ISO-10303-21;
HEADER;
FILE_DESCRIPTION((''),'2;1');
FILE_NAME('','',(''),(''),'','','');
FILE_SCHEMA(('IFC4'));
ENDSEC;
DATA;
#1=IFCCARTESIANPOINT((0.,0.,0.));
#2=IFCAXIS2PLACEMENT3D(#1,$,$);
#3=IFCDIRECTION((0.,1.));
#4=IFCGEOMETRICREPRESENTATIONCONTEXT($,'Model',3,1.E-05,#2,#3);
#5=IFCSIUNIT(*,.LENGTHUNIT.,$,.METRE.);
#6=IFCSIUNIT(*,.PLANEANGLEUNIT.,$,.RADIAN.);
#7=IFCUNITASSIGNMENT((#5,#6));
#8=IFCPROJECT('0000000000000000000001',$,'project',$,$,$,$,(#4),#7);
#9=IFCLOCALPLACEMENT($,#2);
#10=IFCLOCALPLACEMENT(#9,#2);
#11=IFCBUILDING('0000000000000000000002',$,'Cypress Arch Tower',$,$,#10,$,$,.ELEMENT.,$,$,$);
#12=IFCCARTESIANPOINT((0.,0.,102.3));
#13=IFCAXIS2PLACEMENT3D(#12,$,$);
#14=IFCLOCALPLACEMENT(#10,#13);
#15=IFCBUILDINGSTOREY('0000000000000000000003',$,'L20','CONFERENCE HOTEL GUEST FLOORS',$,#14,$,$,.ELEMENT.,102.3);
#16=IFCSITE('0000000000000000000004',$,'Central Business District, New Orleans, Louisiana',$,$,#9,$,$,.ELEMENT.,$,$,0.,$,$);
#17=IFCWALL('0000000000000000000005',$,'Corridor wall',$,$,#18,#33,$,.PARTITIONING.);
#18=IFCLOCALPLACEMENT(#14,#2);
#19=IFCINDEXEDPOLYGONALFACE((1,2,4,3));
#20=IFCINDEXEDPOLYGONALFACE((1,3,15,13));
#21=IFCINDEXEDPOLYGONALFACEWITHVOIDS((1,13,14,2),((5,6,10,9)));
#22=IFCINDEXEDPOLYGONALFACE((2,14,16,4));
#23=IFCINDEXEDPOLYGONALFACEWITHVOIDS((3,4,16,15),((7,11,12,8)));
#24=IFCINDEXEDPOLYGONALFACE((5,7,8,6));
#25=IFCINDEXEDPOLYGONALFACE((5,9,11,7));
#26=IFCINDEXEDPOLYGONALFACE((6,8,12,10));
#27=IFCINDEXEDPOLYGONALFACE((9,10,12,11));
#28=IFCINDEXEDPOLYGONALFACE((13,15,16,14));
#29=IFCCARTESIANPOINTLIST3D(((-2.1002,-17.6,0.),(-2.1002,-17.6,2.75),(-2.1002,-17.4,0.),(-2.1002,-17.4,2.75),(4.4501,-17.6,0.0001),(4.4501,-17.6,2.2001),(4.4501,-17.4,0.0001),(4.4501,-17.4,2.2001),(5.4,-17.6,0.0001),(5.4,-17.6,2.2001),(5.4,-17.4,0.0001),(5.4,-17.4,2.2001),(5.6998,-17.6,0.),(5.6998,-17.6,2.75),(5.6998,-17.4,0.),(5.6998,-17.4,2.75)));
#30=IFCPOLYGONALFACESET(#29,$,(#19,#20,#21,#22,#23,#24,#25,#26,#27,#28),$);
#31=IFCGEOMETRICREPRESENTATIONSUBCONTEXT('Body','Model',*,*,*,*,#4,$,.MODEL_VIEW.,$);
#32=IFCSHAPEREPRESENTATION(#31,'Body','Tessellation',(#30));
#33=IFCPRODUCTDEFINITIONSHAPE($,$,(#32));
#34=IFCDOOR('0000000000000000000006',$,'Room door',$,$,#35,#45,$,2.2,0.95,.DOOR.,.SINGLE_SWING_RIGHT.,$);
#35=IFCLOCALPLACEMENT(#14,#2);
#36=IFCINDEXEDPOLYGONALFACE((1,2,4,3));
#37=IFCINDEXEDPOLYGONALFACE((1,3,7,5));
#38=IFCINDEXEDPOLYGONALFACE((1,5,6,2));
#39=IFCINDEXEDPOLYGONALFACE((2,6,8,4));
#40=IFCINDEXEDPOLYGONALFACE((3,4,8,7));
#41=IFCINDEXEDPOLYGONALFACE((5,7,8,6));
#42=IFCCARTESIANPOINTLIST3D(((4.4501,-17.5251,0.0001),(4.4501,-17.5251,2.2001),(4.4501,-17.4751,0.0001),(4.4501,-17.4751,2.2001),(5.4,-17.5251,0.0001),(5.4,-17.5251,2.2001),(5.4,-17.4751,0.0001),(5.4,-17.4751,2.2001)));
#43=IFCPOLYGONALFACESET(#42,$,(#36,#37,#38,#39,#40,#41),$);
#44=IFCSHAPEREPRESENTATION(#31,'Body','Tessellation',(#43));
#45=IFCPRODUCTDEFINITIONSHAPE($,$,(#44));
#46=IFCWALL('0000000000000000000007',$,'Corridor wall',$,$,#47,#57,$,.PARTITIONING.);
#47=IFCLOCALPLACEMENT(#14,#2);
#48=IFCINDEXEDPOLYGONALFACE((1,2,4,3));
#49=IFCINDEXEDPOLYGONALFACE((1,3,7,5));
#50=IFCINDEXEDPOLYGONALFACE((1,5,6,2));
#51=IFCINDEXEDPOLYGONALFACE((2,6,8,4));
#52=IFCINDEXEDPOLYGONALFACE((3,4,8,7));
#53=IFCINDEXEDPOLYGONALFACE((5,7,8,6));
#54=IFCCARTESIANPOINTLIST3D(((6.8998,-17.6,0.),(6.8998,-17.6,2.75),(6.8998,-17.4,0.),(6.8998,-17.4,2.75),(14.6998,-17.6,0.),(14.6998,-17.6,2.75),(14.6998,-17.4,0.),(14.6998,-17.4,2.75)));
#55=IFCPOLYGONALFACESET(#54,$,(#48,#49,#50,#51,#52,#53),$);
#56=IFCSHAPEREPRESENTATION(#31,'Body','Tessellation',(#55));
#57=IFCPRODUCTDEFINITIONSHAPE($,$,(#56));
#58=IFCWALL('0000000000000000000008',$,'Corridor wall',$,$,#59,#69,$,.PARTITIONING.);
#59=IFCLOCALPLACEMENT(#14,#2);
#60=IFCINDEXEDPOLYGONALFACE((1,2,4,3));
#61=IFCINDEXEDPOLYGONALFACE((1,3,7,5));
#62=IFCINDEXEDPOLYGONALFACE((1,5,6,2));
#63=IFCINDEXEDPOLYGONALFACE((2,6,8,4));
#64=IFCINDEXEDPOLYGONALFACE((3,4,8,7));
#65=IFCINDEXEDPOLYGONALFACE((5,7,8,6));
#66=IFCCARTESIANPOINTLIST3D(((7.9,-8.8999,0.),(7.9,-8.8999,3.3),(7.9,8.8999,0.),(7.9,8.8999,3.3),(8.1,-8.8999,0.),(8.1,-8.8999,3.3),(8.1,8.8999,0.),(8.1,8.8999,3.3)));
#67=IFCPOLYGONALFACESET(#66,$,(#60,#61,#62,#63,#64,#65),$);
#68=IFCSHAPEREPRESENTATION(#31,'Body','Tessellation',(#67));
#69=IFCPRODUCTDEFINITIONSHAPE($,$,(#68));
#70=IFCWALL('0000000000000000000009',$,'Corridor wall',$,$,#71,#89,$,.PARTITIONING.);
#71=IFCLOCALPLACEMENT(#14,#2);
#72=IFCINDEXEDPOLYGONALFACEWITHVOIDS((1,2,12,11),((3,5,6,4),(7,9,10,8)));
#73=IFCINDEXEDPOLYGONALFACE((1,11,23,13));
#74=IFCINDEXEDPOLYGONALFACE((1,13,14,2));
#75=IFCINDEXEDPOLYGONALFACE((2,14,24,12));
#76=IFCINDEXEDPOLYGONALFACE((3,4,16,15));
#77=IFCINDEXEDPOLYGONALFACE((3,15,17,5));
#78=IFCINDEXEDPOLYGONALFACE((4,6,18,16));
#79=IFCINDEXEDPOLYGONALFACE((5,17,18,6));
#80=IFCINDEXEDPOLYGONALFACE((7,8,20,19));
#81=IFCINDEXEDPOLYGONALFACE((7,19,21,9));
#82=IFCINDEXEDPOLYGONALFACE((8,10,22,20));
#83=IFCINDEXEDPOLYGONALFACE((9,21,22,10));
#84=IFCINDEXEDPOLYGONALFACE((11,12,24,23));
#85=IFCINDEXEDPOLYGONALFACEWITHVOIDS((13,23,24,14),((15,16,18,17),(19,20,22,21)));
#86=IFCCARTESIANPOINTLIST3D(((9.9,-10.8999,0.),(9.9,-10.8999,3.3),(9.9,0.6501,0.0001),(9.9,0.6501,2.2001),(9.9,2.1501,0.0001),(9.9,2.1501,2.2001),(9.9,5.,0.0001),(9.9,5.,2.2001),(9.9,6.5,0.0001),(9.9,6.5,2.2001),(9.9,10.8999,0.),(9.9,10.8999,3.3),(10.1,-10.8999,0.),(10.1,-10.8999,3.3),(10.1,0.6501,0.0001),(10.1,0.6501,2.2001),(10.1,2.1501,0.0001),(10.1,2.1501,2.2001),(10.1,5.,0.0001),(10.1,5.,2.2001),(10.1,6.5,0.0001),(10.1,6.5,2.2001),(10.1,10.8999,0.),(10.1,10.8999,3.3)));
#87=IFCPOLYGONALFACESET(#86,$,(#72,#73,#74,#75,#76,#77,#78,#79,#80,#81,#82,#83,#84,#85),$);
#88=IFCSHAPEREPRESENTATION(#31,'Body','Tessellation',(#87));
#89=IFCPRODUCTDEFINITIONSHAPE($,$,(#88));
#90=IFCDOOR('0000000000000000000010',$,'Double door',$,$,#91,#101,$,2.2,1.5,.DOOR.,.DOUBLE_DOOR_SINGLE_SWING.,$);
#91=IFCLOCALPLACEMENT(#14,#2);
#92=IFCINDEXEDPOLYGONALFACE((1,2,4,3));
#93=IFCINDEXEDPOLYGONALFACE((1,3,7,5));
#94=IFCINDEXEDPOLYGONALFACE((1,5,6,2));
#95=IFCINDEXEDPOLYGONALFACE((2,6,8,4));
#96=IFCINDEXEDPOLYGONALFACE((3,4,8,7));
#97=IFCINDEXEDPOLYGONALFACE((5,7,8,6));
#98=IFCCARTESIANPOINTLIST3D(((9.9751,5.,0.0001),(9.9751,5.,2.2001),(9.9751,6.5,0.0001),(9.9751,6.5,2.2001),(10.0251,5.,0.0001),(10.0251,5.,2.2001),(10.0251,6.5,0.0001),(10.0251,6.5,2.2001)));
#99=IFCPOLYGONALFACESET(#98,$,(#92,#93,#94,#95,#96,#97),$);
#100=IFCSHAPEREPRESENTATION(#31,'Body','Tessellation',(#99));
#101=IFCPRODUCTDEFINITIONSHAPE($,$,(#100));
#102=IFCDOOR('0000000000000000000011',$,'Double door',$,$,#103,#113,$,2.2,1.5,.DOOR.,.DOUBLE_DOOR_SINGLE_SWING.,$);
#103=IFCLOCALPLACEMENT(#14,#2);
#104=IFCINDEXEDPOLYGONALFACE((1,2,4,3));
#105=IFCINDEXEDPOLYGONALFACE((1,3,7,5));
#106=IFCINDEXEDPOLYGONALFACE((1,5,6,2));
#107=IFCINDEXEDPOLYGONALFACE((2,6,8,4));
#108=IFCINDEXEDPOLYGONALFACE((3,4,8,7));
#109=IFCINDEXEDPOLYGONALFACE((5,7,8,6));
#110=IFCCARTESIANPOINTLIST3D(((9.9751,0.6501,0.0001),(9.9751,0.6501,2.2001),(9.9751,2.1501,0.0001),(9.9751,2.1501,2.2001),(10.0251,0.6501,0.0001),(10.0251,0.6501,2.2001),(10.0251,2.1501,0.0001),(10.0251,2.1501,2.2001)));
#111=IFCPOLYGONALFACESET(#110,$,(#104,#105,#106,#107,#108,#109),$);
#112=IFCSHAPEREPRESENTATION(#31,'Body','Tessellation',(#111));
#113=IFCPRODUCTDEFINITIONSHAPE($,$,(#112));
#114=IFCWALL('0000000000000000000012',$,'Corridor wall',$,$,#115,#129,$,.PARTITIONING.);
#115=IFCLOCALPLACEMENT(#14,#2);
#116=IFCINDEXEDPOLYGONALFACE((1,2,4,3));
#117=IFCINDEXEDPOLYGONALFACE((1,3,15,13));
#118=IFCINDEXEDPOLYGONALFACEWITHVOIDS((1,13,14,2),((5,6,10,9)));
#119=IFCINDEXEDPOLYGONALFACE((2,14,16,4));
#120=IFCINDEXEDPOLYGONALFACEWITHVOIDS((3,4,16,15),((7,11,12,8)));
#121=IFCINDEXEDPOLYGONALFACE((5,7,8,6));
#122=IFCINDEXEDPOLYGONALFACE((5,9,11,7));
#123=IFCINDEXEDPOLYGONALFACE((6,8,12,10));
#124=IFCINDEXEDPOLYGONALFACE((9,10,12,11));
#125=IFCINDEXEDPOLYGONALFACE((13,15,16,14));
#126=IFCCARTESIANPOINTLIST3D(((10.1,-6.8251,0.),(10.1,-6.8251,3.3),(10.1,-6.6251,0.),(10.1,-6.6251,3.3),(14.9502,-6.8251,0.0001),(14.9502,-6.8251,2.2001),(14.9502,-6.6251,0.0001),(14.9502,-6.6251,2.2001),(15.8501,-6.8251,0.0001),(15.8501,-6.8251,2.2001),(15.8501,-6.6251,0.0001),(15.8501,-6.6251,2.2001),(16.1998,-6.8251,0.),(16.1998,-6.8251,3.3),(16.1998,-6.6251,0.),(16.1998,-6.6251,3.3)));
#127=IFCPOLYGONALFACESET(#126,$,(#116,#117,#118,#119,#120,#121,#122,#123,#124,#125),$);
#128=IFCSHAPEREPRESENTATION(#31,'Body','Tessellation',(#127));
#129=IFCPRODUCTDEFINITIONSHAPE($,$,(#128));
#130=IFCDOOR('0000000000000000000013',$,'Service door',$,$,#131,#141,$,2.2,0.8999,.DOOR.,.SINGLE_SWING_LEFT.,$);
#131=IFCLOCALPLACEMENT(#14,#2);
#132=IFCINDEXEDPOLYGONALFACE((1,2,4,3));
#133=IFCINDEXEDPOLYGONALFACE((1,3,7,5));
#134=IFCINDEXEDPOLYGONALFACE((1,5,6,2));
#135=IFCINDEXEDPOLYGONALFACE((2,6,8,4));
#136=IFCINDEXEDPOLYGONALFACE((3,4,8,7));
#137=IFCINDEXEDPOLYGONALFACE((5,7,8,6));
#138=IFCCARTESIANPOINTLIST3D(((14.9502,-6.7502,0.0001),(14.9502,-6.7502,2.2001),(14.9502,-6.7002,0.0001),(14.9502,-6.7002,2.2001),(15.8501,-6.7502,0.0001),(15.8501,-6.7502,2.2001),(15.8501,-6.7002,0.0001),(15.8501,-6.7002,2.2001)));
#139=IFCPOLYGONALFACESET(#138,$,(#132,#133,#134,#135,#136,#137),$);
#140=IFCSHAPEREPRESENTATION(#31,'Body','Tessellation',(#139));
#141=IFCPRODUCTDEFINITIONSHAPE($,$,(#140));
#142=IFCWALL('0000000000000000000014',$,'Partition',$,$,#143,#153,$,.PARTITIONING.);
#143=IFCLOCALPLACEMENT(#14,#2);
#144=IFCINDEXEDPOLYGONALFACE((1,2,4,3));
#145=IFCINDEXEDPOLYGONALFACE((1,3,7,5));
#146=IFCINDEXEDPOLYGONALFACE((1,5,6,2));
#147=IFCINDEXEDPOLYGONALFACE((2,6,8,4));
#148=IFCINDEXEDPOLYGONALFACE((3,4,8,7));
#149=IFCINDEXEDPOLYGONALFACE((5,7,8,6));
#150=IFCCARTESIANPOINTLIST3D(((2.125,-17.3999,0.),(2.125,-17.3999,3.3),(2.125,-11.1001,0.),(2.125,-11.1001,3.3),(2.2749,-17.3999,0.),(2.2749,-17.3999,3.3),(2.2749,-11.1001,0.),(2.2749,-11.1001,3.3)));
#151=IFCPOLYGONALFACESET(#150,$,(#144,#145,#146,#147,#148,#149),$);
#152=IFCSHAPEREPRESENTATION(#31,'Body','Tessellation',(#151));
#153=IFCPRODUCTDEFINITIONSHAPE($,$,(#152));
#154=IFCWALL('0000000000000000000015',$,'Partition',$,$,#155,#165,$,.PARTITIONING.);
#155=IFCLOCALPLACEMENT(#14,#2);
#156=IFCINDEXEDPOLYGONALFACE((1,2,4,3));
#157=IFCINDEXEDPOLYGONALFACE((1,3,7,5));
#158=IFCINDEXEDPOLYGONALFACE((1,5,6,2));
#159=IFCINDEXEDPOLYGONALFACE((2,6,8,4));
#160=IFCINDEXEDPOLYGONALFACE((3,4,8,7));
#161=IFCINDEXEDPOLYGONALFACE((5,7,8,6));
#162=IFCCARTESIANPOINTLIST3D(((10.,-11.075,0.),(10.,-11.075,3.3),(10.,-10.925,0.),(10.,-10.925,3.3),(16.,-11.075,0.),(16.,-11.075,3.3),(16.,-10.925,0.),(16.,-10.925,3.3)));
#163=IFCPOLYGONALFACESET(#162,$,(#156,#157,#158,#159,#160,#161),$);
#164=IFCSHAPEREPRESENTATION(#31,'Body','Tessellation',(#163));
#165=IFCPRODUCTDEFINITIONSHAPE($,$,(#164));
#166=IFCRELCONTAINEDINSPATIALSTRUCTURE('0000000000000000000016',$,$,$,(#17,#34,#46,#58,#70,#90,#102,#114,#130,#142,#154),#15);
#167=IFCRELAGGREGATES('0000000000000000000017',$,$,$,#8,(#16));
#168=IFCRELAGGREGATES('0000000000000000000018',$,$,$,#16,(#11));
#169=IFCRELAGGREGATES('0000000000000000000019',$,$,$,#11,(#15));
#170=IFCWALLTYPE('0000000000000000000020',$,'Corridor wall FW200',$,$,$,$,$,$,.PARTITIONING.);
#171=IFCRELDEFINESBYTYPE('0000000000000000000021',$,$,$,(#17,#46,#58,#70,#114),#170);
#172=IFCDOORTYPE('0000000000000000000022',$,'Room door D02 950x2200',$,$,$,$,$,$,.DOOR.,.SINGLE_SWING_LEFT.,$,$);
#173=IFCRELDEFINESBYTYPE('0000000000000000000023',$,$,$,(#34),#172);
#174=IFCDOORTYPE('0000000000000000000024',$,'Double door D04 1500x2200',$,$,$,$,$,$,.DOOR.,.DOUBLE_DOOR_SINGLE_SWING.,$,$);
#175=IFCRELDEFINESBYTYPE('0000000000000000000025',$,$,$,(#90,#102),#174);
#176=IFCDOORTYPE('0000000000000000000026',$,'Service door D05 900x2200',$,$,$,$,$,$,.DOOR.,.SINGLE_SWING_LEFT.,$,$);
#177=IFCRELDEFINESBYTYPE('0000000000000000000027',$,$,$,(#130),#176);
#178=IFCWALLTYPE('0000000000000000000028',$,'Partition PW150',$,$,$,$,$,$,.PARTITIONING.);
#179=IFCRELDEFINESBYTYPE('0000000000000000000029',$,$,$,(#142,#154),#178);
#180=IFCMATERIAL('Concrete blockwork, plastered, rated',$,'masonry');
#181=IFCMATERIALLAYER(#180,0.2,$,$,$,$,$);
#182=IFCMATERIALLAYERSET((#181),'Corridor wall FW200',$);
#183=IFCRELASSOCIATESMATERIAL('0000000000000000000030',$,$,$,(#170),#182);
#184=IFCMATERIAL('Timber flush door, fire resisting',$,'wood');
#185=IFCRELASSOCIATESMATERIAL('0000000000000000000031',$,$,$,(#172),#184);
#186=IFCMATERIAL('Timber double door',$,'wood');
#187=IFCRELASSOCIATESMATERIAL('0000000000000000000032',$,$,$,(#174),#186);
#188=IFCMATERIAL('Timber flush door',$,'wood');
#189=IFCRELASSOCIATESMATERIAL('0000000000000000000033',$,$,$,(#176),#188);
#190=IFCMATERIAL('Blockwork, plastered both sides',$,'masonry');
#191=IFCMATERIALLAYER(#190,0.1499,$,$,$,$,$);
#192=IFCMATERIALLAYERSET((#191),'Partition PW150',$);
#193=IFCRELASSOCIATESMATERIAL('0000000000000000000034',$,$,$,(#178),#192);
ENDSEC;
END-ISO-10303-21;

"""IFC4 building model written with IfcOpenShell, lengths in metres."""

from ifc_helpers import new_model, si_unit, direction, frame, frame_2d, origin, place, context, subcontext, project, spatial, rectangle, extrude, material, layer, layer_set, type_object, element, fill, save


model = new_model("IFC4")

# Units and contexts
model_context = context("Model", 3, precision=1e-05, world=origin(), true_north=direction((0.0, 1.0)))
body_context = subcontext(model_context, "Body", "Model", "MODEL_VIEW")
ifc_project = project(units=[si_unit("LENGTHUNIT", "METRE"), si_unit("PLANEANGLEUNIT", "RADIAN")], contexts=[model_context])

# Site, building, storey
site_placement = place(None, origin())
site = spatial("IfcSite", under=ifc_project, at=site_placement, Name="Central Business District, New Orleans, Louisiana", CompositionType="ELEMENT", RefElevation=0.0)
building_placement = place(site_placement, origin())
building = spatial("IfcBuilding", under=site, at=building_placement, Name="Cypress Arch Tower", CompositionType="ELEMENT")
storey_placement = place(building_placement, frame((0.0, 0.0, 102.3)))
storey = spatial("IfcBuildingStorey", under=building, at=storey_placement, Name="L20", Description="CONFERENCE HOTEL GUEST FLOORS", CompositionType="ELEMENT", Elevation=102.3)

# Wall, opening, door
ifc_material_1 = material(Name="Concrete blockwork, plastered, rated", Category="masonry")
ifc_layer_1 = layer(ifc_material_1, 0.2)
ifc_layer_set_1 = layer_set([ifc_layer_1], Name="Corridor wall FW200")
wall_type_1 = type_object("IfcWallType", Name="Corridor wall FW200", PredefinedType="PARTITIONING", material=ifc_layer_set_1)
wall_1_placement = place(storey_placement, frame((-2.1001, -17.5, 0.0), z_axis=(0.0, 0.0, 1.0), x_axis=(1.0, 0.0, 0.0)))
wall_1 = element("IfcWall", 1, at=wall_1_placement, inside=storey, type_object=wall_type_1, Name="Corridor wall", PredefinedType="PARTITIONING", context=body_context, shape_type="SweptSolid", body=[
    extrude(rectangle(XDim=7.8, YDim=0.2, at=frame_2d((3.8999, 0.0))), origin(), (0.0, 0.0, 1.0), 2.75),
])
opening_1_placement = place(wall_1_placement, frame((6.55, 0.0, 0.0)))
opening_1 = element("IfcOpeningElement", 2, at=opening_1_placement, cuts=wall_1, PredefinedType="OPENING", context=body_context, shape_type="SweptSolid", body=[
    extrude(rectangle(XDim=0.95, YDim=2.2, at=frame_2d((0.4751, 1.1001))), frame((0.0, 0.1099, 0.0), z_axis=(0.0, -1.0, 0.0), x_axis=(1.0, 0.0, 0.0)), (0.0, 0.0, 1.0), 0.22),
])
ifc_material_2 = material(Name="Timber flush door, fire resisting", Category="wood")
door_type_1 = type_object("IfcDoorType", Name="Room door D02 950x2200", OperationType="SINGLE_SWING_LEFT", PredefinedType="DOOR", material=ifc_material_2)
door_1_placement = place(opening_1_placement, origin())
door_1 = element("IfcDoor", 3, at=door_1_placement, inside=storey, type_object=door_type_1, Name="Room door", OperationType="SINGLE_SWING_RIGHT", OverallHeight=2.2, OverallWidth=0.95, PredefinedType="DOOR", context=body_context, shape_type="SweptSolid", body=[
    extrude(rectangle(XDim=0.95, YDim=2.2, at=frame_2d((0.4751, 1.1001))), frame((0.0, 0.0249, 0.0), z_axis=(0.0, -1.0, 0.0), x_axis=(1.0, 0.0, 0.0)), (0.0, 0.0, 1.0), 0.05),
])
fill(opening_1, door_1)

# Walls
wall_2_placement = place(storey_placement, frame((6.8999, -17.5, 0.0), z_axis=(0.0, 0.0, 1.0), x_axis=(1.0, 0.0, 0.0)))
element("IfcWall", 4, at=wall_2_placement, inside=storey, type_object=wall_type_1, Name="Corridor wall", PredefinedType="PARTITIONING", context=body_context, shape_type="SweptSolid", body=[
    extrude(rectangle(XDim=7.8, YDim=0.2, at=frame_2d((3.8999, 0.0))), origin(), (0.0, 0.0, 1.0), 2.75),
])
wall_3_placement = place(storey_placement, frame((8.0, -8.8999, 0.0), z_axis=(0.0, 0.0, 1.0), x_axis=(0.0, 1.0, 0.0)))
element("IfcWall", 5, at=wall_3_placement, inside=storey, type_object=wall_type_1, Name="Corridor wall", PredefinedType="PARTITIONING", context=body_context, shape_type="SweptSolid", body=[
    extrude(rectangle(XDim=17.7998, YDim=0.2, at=frame_2d((8.8999, 0.0))), origin(), (0.0, 0.0, 1.0), 3.3),
])

# Wall, openings, doors
wall_4_placement = place(storey_placement, frame((10.0, -10.8999, 0.0), z_axis=(0.0, 0.0, 1.0), x_axis=(0.0, 1.0, 0.0)))
wall_4 = element("IfcWall", 6, at=wall_4_placement, inside=storey, type_object=wall_type_1, Name="Corridor wall", PredefinedType="PARTITIONING", context=body_context, shape_type="SweptSolid", body=[
    extrude(rectangle(XDim=21.7998, YDim=0.2, at=frame_2d((10.8999, 0.0))), origin(), (0.0, 0.0, 1.0), 3.3),
])
opening_2_placement = place(wall_4_placement, frame((15.8999, 0.0, 0.0)))
opening_2 = element("IfcOpeningElement", 7, at=opening_2_placement, cuts=wall_4, PredefinedType="OPENING", context=body_context, shape_type="SweptSolid", body=[
    extrude(rectangle(XDim=1.5, YDim=2.2, at=frame_2d((0.75, 1.1001))), frame((0.0, 0.1099, 0.0), z_axis=(0.0, -1.0, 0.0), x_axis=(1.0, 0.0, 0.0)), (0.0, 0.0, 1.0), 0.22),
])
opening_3_placement = place(wall_4_placement, frame((11.55, 0.0, 0.0)))
opening_3 = element("IfcOpeningElement", 8, at=opening_3_placement, cuts=wall_4, PredefinedType="OPENING", context=body_context, shape_type="SweptSolid", body=[
    extrude(rectangle(XDim=1.5, YDim=2.2, at=frame_2d((0.75, 1.1001))), frame((0.0, 0.1099, 0.0), z_axis=(0.0, -1.0, 0.0), x_axis=(1.0, 0.0, 0.0)), (0.0, 0.0, 1.0), 0.22),
])
ifc_material_3 = material(Name="Timber double door", Category="wood")
door_type_2 = type_object("IfcDoorType", Name="Double door D04 1500x2200", OperationType="DOUBLE_DOOR_SINGLE_SWING", PredefinedType="DOOR", material=ifc_material_3)
door_2_placement = place(opening_2_placement, origin())
door_2 = element("IfcDoor", 9, at=door_2_placement, inside=storey, type_object=door_type_2, Name="Double door", OperationType="DOUBLE_DOOR_SINGLE_SWING", OverallHeight=2.2, OverallWidth=1.5, PredefinedType="DOOR", context=body_context, shape_type="SweptSolid", body=[
    extrude(rectangle(XDim=1.5, YDim=2.2, at=frame_2d((0.75, 1.1001))), frame((0.0, 0.0249, 0.0), z_axis=(0.0, -1.0, 0.0), x_axis=(1.0, 0.0, 0.0)), (0.0, 0.0, 1.0), 0.05),
])
fill(opening_2, door_2)
door_3_placement = place(opening_3_placement, origin())
door_3 = element("IfcDoor", 10, at=door_3_placement, inside=storey, type_object=door_type_2, Name="Double door", OperationType="DOUBLE_DOOR_SINGLE_SWING", OverallHeight=2.2, OverallWidth=1.5, PredefinedType="DOOR", context=body_context, shape_type="SweptSolid", body=[
    extrude(rectangle(XDim=1.5, YDim=2.2, at=frame_2d((0.75, 1.1001))), frame((0.0, 0.0249, 0.0), z_axis=(0.0, -1.0, 0.0), x_axis=(1.0, 0.0, 0.0)), (0.0, 0.0, 1.0), 0.05),
])
fill(opening_3, door_3)

# Wall, opening, door
wall_5_placement = place(storey_placement, frame((10.1001, -6.7251, 0.0), z_axis=(0.0, 0.0, 1.0), x_axis=(1.0, 0.0, 0.0)))
wall_5 = element("IfcWall", 11, at=wall_5_placement, inside=storey, type_object=wall_type_1, Name="Corridor wall", PredefinedType="PARTITIONING", context=body_context, shape_type="SweptSolid", body=[
    extrude(rectangle(XDim=6.0999, YDim=0.2, at=frame_2d((3.0498, 0.0))), origin(), (0.0, 0.0, 1.0), 3.3),
])
opening_4_placement = place(wall_5_placement, frame((4.8501, 0.0, 0.0)))
opening_4 = element("IfcOpeningElement", 12, at=opening_4_placement, cuts=wall_5, PredefinedType="OPENING", context=body_context, shape_type="SweptSolid", body=[
    extrude(rectangle(XDim=0.8999, YDim=2.2, at=frame_2d((0.45, 1.1001))), frame((0.0, 0.1099, 0.0), z_axis=(0.0, -1.0, 0.0), x_axis=(1.0, 0.0, 0.0)), (0.0, 0.0, 1.0), 0.22),
])
ifc_material_4 = material(Name="Timber flush door", Category="wood")
door_type_3 = type_object("IfcDoorType", Name="Service door D05 900x2200", OperationType="SINGLE_SWING_LEFT", PredefinedType="DOOR", material=ifc_material_4)
door_4_placement = place(opening_4_placement, origin())
door_4 = element("IfcDoor", 13, at=door_4_placement, inside=storey, type_object=door_type_3, Name="Service door", OperationType="SINGLE_SWING_LEFT", OverallHeight=2.2, OverallWidth=0.8999, PredefinedType="DOOR", context=body_context, shape_type="SweptSolid", body=[
    extrude(rectangle(XDim=0.8999, YDim=2.2, at=frame_2d((0.45, 1.1001))), frame((0.0, 0.0249, 0.0), z_axis=(0.0, -1.0, 0.0), x_axis=(1.0, 0.0, 0.0)), (0.0, 0.0, 1.0), 0.05),
])
fill(opening_4, door_4)

# Walls
ifc_material_5 = material(Name="Blockwork, plastered both sides", Category="masonry")
ifc_layer_2 = layer(ifc_material_5, 0.1499)
ifc_layer_set_2 = layer_set([ifc_layer_2], Name="Partition PW150")
wall_type_2 = type_object("IfcWallType", Name="Partition PW150", PredefinedType="PARTITIONING", material=ifc_layer_set_2)
wall_6_placement = place(storey_placement, frame((2.2, -17.3999, 0.0), z_axis=(0.0, 0.0, 1.0), x_axis=(0.0, 1.0, 0.0)))
element("IfcWall", 14, at=wall_6_placement, inside=storey, type_object=wall_type_2, Name="Partition", PredefinedType="PARTITIONING", context=body_context, shape_type="SweptSolid", body=[
    extrude(rectangle(XDim=6.2998, YDim=0.1499, at=frame_2d((3.1499, 0.0))), origin(), (0.0, 0.0, 1.0), 3.3),
])
wall_7_placement = place(storey_placement, frame((10.0, -11.0, 0.0), z_axis=(0.0, 0.0, 1.0), x_axis=(1.0, 0.0, 0.0)))
element("IfcWall", 15, at=wall_7_placement, inside=storey, type_object=wall_type_2, Name="Partition", PredefinedType="PARTITIONING", context=body_context, shape_type="SweptSolid", body=[
    extrude(rectangle(XDim=6.0, YDim=0.1499, at=frame_2d((3.0, 0.0))), origin(), (0.0, 0.0, 1.0), 3.3),
])

save(model, "model.ifc")
